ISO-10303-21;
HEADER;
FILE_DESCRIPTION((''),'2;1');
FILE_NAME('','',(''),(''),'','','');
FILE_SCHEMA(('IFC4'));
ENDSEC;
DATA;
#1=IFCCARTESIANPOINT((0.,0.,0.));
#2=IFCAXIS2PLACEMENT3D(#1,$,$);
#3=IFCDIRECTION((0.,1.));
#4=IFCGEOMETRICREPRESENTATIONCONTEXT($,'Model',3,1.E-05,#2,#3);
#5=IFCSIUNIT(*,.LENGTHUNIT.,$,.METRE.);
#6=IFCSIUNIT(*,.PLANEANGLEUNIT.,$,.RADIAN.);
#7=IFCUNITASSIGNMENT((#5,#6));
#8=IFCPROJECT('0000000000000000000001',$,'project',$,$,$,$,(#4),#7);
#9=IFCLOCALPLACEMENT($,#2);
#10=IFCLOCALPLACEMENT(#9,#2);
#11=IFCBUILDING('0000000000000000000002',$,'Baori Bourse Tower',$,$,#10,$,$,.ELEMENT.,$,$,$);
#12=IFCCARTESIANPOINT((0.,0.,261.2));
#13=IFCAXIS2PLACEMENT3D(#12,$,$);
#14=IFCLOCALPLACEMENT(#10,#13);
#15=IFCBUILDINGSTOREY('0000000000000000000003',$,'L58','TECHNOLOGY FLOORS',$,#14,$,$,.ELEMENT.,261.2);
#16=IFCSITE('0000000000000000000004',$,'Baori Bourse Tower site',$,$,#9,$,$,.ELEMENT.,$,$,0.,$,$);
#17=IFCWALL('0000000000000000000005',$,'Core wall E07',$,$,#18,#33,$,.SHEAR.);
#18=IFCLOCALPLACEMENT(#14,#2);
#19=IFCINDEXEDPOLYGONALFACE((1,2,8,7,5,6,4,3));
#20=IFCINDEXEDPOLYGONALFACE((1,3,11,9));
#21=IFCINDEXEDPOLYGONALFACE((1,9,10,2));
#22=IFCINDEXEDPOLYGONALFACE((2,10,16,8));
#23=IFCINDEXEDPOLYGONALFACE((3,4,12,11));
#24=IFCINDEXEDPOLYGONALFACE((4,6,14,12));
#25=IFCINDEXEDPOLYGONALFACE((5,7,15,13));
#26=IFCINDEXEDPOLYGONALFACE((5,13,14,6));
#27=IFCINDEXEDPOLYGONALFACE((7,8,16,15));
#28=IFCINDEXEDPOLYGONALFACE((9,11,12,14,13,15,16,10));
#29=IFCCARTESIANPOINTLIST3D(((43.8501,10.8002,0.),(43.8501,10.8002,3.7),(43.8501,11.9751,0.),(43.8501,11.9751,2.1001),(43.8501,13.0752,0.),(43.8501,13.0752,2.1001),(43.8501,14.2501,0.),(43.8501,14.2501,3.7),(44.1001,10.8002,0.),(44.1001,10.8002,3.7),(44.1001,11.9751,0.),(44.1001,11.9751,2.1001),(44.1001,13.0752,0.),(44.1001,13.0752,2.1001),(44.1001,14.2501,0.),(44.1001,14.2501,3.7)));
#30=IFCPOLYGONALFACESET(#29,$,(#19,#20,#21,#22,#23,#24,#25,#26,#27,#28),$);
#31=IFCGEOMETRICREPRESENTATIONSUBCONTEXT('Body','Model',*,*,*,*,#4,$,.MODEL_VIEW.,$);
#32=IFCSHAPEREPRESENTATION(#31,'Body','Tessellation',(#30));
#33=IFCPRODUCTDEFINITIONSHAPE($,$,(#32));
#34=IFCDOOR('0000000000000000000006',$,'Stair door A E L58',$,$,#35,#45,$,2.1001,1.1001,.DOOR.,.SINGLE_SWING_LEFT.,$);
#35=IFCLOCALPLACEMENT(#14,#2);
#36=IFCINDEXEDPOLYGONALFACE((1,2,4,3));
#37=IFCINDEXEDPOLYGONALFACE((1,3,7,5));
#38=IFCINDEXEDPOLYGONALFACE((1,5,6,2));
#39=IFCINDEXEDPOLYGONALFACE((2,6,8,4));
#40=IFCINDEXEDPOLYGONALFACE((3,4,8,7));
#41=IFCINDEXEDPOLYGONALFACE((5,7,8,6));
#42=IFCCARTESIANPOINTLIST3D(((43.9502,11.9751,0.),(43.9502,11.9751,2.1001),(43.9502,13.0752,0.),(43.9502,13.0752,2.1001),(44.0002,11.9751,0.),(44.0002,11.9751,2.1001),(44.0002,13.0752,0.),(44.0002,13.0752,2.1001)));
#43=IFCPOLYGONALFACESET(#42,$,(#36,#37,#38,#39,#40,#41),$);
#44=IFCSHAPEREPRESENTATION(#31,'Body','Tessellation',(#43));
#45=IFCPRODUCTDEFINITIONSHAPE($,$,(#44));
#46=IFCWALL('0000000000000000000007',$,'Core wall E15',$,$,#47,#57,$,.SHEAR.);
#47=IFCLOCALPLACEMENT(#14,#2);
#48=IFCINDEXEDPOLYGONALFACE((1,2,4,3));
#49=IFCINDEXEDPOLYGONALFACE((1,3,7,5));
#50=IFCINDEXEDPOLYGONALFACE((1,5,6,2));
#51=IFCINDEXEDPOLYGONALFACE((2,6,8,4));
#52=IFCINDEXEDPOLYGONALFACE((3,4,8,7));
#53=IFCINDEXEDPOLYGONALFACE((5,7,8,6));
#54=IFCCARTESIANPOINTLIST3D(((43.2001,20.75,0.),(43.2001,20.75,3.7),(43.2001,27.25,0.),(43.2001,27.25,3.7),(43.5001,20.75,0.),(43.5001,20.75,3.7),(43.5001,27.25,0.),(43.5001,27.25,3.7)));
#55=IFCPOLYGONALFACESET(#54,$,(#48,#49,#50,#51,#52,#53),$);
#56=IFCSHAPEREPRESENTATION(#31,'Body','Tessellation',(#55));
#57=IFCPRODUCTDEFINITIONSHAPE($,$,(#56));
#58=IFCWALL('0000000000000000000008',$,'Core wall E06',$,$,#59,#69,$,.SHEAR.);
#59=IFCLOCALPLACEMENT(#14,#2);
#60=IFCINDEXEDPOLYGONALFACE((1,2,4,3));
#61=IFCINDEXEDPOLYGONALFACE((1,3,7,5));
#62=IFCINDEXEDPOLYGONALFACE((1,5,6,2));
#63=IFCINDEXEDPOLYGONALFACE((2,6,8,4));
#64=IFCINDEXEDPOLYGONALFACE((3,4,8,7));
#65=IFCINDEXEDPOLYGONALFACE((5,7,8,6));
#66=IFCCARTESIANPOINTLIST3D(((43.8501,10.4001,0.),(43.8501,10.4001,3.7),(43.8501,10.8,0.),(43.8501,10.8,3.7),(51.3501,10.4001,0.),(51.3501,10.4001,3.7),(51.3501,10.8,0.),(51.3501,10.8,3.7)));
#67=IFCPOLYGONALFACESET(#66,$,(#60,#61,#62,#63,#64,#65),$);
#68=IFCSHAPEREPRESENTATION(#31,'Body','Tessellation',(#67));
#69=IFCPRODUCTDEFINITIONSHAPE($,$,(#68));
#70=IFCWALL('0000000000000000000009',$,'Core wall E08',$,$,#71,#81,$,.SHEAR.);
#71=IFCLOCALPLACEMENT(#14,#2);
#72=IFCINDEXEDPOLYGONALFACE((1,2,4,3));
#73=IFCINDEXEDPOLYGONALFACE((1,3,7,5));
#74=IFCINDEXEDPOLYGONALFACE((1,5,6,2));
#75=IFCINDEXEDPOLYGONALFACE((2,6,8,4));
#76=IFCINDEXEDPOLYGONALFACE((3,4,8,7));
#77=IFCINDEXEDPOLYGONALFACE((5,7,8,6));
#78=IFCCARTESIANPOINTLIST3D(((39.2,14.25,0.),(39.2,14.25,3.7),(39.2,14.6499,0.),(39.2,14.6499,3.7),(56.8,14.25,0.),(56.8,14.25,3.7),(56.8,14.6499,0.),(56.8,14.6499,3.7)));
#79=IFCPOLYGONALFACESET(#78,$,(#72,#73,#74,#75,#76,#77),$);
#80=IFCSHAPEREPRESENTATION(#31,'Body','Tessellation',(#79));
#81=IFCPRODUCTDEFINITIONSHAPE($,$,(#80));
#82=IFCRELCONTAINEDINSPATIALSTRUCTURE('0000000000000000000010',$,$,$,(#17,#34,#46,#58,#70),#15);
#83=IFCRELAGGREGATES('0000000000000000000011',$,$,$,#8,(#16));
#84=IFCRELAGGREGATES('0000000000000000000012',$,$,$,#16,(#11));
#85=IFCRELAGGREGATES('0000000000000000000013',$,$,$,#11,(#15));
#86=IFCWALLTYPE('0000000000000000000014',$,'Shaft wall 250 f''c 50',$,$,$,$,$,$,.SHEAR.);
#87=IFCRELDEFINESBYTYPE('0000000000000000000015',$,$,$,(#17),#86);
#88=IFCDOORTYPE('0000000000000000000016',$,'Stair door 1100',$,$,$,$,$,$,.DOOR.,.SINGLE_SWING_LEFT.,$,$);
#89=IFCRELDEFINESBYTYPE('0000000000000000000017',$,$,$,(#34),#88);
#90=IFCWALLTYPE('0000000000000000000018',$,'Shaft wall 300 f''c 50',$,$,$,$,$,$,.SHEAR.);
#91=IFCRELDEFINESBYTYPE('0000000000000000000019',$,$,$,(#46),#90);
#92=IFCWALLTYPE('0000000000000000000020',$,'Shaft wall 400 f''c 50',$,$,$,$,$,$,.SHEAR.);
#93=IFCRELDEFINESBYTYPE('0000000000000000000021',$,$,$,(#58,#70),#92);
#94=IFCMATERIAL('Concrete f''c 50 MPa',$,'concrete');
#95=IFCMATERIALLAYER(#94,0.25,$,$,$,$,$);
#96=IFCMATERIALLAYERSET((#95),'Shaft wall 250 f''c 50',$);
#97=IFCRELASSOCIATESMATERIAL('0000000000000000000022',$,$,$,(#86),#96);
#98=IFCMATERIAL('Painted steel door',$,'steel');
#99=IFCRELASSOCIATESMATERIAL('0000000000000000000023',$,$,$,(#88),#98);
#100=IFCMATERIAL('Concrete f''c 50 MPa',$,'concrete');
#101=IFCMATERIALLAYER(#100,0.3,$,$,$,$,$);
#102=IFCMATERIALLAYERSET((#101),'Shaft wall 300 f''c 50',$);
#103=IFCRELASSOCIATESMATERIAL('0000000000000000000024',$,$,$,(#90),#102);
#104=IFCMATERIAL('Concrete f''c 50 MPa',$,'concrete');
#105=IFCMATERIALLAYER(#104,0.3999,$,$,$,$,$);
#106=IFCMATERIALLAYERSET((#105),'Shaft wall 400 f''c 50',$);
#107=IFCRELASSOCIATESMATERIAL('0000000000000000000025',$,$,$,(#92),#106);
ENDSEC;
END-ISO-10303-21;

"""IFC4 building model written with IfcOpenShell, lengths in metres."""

from ifc_helpers import new_model, si_unit, direction, frame, frame_2d, origin, place, context, subcontext, project, spatial, rectangle, extrude, material, layer, layer_set, type_object, element, fill, save


model = new_model("IFC4")

# Units and contexts
model_context = context("Model", 3, precision=1e-05, world=origin(), true_north=direction((0.0, 1.0)))
body_context = subcontext(model_context, "Body", "Model", "MODEL_VIEW")
ifc_project = project(units=[si_unit("LENGTHUNIT", "METRE"), si_unit("PLANEANGLEUNIT", "RADIAN")], contexts=[model_context])

# Site, building, storey
site_placement = place(None, origin())
site = spatial("IfcSite", under=ifc_project, at=site_placement, Name="Baori Bourse Tower site", CompositionType="ELEMENT", RefElevation=0.0)
building_placement = place(site_placement, origin())
building = spatial("IfcBuilding", under=site, at=building_placement, Name="Baori Bourse Tower", CompositionType="ELEMENT")
storey_placement = place(building_placement, frame((0.0, 0.0, 261.2)))
storey = spatial("IfcBuildingStorey", under=building, at=storey_placement, Name="L58", Description="TECHNOLOGY FLOORS", CompositionType="ELEMENT", Elevation=261.2)

# Wall, opening, door
ifc_material_1 = material(Name="Concrete f'c 50 MPa", Category="concrete")
ifc_layer_1 = layer(ifc_material_1, 0.25)
ifc_layer_set_1 = layer_set([ifc_layer_1], Name="Shaft wall 250 f'c 50")
wall_type_1 = type_object("IfcWallType", Name="Shaft wall 250 f'c 50", PredefinedType="SHEAR", material=ifc_layer_set_1)
wall_1_placement = place(storey_placement, frame((43.9751, 10.8, 0.0), z_axis=(0.0, 0.0, 1.0), x_axis=(0.0, 1.0, 0.0)))
wall_1 = element("IfcWall", 1, at=wall_1_placement, inside=storey, type_object=wall_type_1, Name="Core wall E07", PredefinedType="SHEAR", context=body_context, shape_type="SweptSolid", body=[
    extrude(rectangle(XDim=3.45, YDim=0.25, at=frame_2d((1.7251, 0.0))), origin(), (0.0, 0.0, 1.0), 3.7),
])
opening_1_placement = place(wall_1_placement, frame((1.175, 0.0, 0.0)))
opening_1 = element("IfcOpeningElement", 2, at=opening_1_placement, cuts=wall_1, PredefinedType="OPENING", context=body_context, shape_type="SweptSolid", body=[
    extrude(rectangle(XDim=1.1001, YDim=2.1001, at=frame_2d((0.55, 1.05))), frame((0.0, 0.135, 0.0), z_axis=(0.0, -1.0, 0.0), x_axis=(1.0, 0.0, 0.0)), (0.0, 0.0, 1.0), 0.27),
])
ifc_material_2 = material(Name="Painted steel door", Category="steel")
door_type_1 = type_object("IfcDoorType", Name="Stair door 1100", OperationType="SINGLE_SWING_LEFT", PredefinedType="DOOR", material=ifc_material_2)
door_1_placement = place(opening_1_placement, origin())
door_1 = element("IfcDoor", 3, at=door_1_placement, inside=storey, type_object=door_type_1, Name="Stair door A E L58", OperationType="SINGLE_SWING_LEFT", OverallHeight=2.1001, OverallWidth=1.1001, PredefinedType="DOOR", context=body_context, shape_type="SweptSolid", body=[
    extrude(rectangle(XDim=1.1001, YDim=2.1001, at=frame_2d((0.55, 1.05))), frame((0.0, 0.0249, 0.0), z_axis=(0.0, -1.0, 0.0), x_axis=(1.0, 0.0, 0.0)), (0.0, 0.0, 1.0), 0.05),
])
fill(opening_1, door_1)

# Walls
ifc_material_3 = material(Name="Concrete f'c 50 MPa", Category="concrete")
ifc_layer_2 = layer(ifc_material_3, 0.3)
ifc_layer_set_2 = layer_set([ifc_layer_2], Name="Shaft wall 300 f'c 50")
wall_type_2 = type_object("IfcWallType", Name="Shaft wall 300 f'c 50", PredefinedType="SHEAR", material=ifc_layer_set_2)
wall_2_placement = place(storey_placement, frame((43.3501, 20.75, 0.0), z_axis=(0.0, 0.0, 1.0), x_axis=(0.0, 1.0, 0.0)))
element("IfcWall", 4, at=wall_2_placement, inside=storey, type_object=wall_type_2, Name="Core wall E15", PredefinedType="SHEAR", context=body_context, shape_type="SweptSolid", body=[
    extrude(rectangle(XDim=6.5, YDim=0.3, at=frame_2d((3.25, 0.0))), origin(), (0.0, 0.0, 1.0), 3.7),
])
ifc_material_4 = material(Name="Concrete f'c 50 MPa", Category="concrete")
ifc_layer_3 = layer(ifc_material_4, 0.3999)
ifc_layer_set_3 = layer_set([ifc_layer_3], Name="Shaft wall 400 f'c 50")
wall_type_3 = type_object("IfcWallType", Name="Shaft wall 400 f'c 50", PredefinedType="SHEAR", material=ifc_layer_set_3)
wall_3_placement = place(storey_placement, frame((43.8501, 10.6001, 0.0), z_axis=(0.0, 0.0, 1.0), x_axis=(1.0, 0.0, 0.0)))
element("IfcWall", 5, at=wall_3_placement, inside=storey, type_object=wall_type_3, Name="Core wall E06", PredefinedType="SHEAR", context=body_context, shape_type="SweptSolid", body=[
    extrude(rectangle(XDim=7.5, YDim=0.3999, at=frame_2d((3.75, 0.0))), origin(), (0.0, 0.0, 1.0), 3.7),
])
wall_4_placement = place(storey_placement, frame((39.2, 14.45, 0.0), z_axis=(0.0, 0.0, 1.0), x_axis=(1.0, 0.0, 0.0)))
element("IfcWall", 6, at=wall_4_placement, inside=storey, type_object=wall_type_3, Name="Core wall E08", PredefinedType="SHEAR", context=body_context, shape_type="SweptSolid", body=[
    extrude(rectangle(XDim=17.6001, YDim=0.3999, at=frame_2d((8.8, 0.0))), origin(), (0.0, 0.0, 1.0), 3.7),
])

save(model, "model.ifc")
